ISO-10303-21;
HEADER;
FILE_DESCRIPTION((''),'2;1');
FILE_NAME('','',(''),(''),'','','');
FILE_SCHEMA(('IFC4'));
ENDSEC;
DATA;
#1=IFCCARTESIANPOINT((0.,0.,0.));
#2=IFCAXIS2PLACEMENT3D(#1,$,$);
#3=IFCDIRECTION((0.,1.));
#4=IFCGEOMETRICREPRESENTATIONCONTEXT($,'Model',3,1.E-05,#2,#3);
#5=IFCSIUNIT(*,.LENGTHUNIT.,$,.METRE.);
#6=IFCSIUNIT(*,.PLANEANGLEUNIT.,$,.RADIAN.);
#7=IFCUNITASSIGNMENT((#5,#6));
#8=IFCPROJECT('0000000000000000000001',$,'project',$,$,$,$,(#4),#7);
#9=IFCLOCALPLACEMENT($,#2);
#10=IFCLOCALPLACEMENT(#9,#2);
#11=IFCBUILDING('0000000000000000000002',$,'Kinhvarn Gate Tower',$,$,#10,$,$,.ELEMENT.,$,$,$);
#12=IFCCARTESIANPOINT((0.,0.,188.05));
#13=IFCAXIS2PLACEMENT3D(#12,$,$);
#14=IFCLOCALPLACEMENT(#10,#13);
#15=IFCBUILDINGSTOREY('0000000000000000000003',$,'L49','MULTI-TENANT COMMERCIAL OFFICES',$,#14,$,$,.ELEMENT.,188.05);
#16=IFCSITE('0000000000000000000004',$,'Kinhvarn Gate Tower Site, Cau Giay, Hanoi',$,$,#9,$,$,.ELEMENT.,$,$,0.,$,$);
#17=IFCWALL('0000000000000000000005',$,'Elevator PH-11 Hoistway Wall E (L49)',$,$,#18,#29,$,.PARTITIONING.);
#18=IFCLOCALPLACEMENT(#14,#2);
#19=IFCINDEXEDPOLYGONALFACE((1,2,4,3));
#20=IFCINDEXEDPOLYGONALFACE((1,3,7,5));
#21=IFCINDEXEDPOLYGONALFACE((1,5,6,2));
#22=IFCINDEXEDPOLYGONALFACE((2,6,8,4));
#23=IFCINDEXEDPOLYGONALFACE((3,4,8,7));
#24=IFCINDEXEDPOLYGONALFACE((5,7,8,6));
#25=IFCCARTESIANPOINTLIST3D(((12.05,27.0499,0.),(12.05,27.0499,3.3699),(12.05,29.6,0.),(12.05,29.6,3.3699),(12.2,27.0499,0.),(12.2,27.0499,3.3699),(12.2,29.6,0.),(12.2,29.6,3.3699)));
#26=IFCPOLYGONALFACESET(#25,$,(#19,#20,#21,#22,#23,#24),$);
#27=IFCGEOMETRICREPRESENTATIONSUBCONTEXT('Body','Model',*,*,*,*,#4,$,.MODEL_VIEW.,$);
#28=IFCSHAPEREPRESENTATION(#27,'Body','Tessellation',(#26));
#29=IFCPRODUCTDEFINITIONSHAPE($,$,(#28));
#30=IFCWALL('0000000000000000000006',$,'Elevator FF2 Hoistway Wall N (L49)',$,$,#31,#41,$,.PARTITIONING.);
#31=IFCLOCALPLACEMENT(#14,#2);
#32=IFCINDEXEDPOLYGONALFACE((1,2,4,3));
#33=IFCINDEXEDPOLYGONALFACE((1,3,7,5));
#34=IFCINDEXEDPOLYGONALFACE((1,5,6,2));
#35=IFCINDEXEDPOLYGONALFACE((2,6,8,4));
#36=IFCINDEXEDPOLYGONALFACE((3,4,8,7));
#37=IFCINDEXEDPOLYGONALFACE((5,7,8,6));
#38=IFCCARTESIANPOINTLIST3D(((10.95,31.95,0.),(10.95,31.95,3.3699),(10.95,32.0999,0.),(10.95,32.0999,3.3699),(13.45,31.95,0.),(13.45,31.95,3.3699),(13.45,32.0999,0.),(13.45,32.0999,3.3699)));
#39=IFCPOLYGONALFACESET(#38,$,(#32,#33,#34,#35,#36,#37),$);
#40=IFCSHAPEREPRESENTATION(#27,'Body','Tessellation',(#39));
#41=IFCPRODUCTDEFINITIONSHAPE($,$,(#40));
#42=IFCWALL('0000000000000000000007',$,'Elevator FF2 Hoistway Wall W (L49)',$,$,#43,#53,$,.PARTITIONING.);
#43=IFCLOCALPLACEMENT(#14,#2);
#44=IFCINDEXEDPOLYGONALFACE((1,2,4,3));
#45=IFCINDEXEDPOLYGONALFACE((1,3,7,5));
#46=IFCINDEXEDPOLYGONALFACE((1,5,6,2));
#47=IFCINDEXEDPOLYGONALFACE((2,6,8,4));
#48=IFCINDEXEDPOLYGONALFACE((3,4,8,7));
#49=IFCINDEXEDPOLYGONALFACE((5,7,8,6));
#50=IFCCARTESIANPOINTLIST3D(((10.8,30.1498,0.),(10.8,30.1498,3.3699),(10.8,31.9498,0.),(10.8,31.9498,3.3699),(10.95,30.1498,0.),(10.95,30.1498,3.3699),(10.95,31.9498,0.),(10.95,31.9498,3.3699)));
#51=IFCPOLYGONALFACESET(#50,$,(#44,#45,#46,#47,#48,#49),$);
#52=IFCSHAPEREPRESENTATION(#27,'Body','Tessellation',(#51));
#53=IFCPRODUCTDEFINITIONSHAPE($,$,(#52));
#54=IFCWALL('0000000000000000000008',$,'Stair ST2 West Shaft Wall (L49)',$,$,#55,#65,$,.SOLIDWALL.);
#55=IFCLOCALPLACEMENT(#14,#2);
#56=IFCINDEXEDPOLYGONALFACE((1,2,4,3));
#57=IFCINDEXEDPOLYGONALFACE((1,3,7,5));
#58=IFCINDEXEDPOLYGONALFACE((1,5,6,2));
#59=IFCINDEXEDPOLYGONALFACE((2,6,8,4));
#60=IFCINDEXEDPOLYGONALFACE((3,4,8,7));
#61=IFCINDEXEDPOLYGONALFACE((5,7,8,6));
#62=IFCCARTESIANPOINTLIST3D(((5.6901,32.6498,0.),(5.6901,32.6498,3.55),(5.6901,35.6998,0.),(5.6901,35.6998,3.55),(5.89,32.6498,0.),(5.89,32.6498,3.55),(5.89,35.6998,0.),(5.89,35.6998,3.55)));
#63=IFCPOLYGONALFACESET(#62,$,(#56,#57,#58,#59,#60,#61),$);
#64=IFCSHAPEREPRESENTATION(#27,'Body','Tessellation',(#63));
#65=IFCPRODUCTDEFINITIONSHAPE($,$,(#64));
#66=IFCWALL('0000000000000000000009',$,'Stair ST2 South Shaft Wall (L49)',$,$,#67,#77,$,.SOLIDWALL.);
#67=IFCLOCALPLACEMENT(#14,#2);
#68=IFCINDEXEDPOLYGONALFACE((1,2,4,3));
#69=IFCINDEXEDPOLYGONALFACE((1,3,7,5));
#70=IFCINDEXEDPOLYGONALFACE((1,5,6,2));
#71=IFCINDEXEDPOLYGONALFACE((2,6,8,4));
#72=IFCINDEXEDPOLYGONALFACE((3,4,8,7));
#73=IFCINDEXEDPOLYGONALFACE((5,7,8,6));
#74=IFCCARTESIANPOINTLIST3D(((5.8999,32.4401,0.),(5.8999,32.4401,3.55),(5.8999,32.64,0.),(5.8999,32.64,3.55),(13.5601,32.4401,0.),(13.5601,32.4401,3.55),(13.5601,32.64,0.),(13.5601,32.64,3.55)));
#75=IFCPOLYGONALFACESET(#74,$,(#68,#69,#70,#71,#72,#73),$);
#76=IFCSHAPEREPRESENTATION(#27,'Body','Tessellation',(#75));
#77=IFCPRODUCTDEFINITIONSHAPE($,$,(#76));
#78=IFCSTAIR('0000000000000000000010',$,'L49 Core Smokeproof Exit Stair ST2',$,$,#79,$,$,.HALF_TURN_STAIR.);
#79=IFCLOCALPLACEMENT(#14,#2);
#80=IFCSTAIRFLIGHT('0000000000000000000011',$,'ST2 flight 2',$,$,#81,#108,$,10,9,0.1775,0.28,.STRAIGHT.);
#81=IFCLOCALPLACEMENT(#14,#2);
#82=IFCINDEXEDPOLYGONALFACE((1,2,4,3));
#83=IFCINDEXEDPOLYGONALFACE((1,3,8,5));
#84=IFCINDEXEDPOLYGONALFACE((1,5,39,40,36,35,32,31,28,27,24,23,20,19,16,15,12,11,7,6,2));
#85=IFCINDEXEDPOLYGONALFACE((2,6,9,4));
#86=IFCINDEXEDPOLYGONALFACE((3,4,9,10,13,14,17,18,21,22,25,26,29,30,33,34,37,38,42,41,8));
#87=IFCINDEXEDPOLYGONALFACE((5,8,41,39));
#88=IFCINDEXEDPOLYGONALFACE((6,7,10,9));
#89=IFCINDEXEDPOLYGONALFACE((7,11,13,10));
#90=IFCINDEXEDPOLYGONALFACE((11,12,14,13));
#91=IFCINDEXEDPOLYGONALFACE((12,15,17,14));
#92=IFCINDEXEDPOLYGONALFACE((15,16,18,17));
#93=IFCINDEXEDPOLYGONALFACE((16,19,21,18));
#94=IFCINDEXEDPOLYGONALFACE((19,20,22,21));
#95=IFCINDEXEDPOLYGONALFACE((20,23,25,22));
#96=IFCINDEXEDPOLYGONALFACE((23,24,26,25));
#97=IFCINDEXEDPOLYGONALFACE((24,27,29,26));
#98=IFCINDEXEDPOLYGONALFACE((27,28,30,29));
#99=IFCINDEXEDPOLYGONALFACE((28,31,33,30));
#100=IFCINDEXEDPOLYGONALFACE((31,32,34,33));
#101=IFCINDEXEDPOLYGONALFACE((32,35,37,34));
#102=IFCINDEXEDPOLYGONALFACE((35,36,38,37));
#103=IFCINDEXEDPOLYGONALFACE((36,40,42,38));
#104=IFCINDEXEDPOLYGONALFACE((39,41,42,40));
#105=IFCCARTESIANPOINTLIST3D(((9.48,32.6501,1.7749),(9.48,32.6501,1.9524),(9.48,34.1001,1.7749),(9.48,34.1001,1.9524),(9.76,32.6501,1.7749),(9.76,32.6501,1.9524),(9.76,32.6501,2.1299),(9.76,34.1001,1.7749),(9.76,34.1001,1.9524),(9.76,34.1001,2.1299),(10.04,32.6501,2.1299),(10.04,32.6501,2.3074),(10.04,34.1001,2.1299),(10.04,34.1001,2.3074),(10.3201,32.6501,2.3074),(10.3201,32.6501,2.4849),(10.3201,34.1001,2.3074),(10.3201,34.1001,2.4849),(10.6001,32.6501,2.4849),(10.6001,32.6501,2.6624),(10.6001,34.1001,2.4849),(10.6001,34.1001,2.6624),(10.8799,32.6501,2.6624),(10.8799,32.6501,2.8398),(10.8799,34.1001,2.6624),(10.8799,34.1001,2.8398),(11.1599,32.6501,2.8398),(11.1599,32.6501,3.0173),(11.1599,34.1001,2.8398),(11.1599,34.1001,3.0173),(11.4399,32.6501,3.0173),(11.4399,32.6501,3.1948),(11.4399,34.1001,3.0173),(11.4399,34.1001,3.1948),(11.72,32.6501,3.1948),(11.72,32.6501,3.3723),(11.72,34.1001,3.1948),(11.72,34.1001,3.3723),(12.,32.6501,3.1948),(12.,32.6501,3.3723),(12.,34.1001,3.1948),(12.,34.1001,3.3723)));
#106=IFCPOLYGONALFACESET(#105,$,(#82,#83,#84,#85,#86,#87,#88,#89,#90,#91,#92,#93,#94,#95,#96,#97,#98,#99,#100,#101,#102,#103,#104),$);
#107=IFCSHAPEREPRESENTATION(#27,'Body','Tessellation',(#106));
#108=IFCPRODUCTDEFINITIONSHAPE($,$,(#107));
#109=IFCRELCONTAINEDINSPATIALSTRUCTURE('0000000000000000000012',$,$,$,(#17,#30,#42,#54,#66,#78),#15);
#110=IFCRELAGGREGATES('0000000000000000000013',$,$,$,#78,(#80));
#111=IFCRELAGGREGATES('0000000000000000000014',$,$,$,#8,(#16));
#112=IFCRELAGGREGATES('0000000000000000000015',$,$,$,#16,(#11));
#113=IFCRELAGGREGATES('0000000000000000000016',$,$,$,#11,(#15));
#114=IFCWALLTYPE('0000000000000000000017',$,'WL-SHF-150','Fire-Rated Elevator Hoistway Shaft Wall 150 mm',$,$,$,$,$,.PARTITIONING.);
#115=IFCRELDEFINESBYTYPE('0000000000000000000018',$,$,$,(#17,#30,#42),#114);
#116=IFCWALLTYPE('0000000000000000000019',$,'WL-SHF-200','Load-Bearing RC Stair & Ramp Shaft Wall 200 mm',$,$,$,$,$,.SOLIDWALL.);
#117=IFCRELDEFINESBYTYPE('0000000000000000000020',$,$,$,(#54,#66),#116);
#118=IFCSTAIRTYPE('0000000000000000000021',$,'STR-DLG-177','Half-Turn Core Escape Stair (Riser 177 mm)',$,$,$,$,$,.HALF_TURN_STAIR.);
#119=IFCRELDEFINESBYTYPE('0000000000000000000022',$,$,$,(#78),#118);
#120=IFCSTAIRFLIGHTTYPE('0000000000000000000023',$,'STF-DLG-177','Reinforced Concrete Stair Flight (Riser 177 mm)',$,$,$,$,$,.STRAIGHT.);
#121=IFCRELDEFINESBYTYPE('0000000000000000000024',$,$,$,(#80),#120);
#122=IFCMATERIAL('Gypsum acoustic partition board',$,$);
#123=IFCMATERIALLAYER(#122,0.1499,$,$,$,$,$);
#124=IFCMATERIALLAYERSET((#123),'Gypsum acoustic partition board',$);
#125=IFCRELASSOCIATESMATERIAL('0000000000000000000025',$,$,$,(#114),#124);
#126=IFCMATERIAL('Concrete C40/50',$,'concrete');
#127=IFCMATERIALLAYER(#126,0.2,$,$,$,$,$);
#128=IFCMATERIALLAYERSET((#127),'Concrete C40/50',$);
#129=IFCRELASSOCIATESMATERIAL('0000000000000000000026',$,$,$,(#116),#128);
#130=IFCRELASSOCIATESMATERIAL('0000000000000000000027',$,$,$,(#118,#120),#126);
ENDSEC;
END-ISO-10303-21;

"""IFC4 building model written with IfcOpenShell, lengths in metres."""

from ifc_helpers import new_model, si_unit, direction, frame, frame_2d, origin, place, context, subcontext, project, spatial, polyline, rectangle, outline, extrude, material, layer, layer_set, type_object, element, aggregate, save


model = new_model("IFC4")

# Units and contexts
model_context = context("Model", 3, precision=1e-05, world=origin(), true_north=direction((0.0, 1.0)))
body_context = subcontext(model_context, "Body", "Model", "MODEL_VIEW")
ifc_project = project(units=[si_unit("LENGTHUNIT", "METRE"), si_unit("PLANEANGLEUNIT", "RADIAN")], contexts=[model_context])

# Site, building, storey
site_placement = place(None, origin())
site = spatial("IfcSite", under=ifc_project, at=site_placement, Name="Kinhvarn Gate Tower Site, Cau Giay, Hanoi", CompositionType="ELEMENT", RefElevation=0.0)
building_placement = place(site_placement, origin())
building = spatial("IfcBuilding", under=site, at=building_placement, Name="Kinhvarn Gate Tower", CompositionType="ELEMENT")
storey_placement = place(building_placement, frame((0.0, 0.0, 188.05)))
storey = spatial("IfcBuildingStorey", under=building, at=storey_placement, Name="L49", Description="MULTI-TENANT COMMERCIAL OFFICES", CompositionType="ELEMENT", Elevation=188.05)

# Shared definitions
ifc_material_1 = material(Name="Gypsum acoustic partition board")
ifc_layer_1 = layer(ifc_material_1, 0.1499)
ifc_layer_set_1 = layer_set([ifc_layer_1], Name="Gypsum acoustic partition board")
wall_type_1 = type_object("IfcWallType", Name="WL-SHF-150", Description="Fire-Rated Elevator Hoistway Shaft Wall 150 mm", PredefinedType="PARTITIONING", material=ifc_layer_set_1)

# Walls
wall_1_placement = place(storey_placement, frame((12.125, 27.05, 0.0), z_axis=(0.0, 0.0, 1.0), x_axis=(0.0, 1.0, 0.0)))
element("IfcWall", 1, at=wall_1_placement, inside=storey, type_object=wall_type_1, Name="Elevator PH-11 Hoistway Wall E (L49)", PredefinedType="PARTITIONING", context=body_context, shape_type="SweptSolid", body=[
    extrude(rectangle(XDim=2.55, YDim=0.1499, at=frame_2d((1.2749, 0.0))), origin(), (0.0, 0.0, 1.0), 3.3699),
])
wall_2_placement = place(storey_placement, frame((10.95, 32.0249, 0.0), z_axis=(0.0, 0.0, 1.0), x_axis=(1.0, 0.0, 0.0)))
element("IfcWall", 2, at=wall_2_placement, inside=storey, type_object=wall_type_1, Name="Elevator FF2 Hoistway Wall N (L49)", PredefinedType="PARTITIONING", context=body_context, shape_type="SweptSolid", body=[
    extrude(rectangle(XDim=2.5, YDim=0.1499, at=frame_2d((1.25, 0.0))), origin(), (0.0, 0.0, 1.0), 3.3699),
])
wall_3_placement = place(storey_placement, frame((10.875, 30.1499, 0.0), z_axis=(0.0, 0.0, 1.0), x_axis=(0.0, 1.0, 0.0)))
element("IfcWall", 3, at=wall_3_placement, inside=storey, type_object=wall_type_1, Name="Elevator FF2 Hoistway Wall W (L49)", PredefinedType="PARTITIONING", context=body_context, shape_type="SweptSolid", body=[
    extrude(rectangle(XDim=1.8, YDim=0.1499, at=frame_2d((0.8999, 0.0))), origin(), (0.0, 0.0, 1.0), 3.3699),
])
ifc_material_2 = material(Name="Concrete C40/50", Category="concrete")
ifc_layer_2 = layer(ifc_material_2, 0.2)
ifc_layer_set_2 = layer_set([ifc_layer_2], Name="Concrete C40/50")
wall_type_2 = type_object("IfcWallType", Name="WL-SHF-200", Description="Load-Bearing RC Stair & Ramp Shaft Wall 200 mm", PredefinedType="SOLIDWALL", material=ifc_layer_set_2)
wall_4_placement = place(storey_placement, frame((5.79, 32.6499, 0.0), z_axis=(0.0, 0.0, 1.0), x_axis=(0.0, 1.0, 0.0)))
element("IfcWall", 4, at=wall_4_placement, inside=storey, type_object=wall_type_2, Name="Stair ST2 West Shaft Wall (L49)", PredefinedType="SOLIDWALL", context=body_context, shape_type="SweptSolid", body=[
    extrude(rectangle(XDim=3.05, YDim=0.2, at=frame_2d((1.5249, 0.0))), origin(), (0.0, 0.0, 1.0), 3.55),
])
wall_5_placement = place(storey_placement, frame((5.8999, 32.54, 0.0), z_axis=(0.0, 0.0, 1.0), x_axis=(1.0, 0.0, 0.0)))
element("IfcWall", 5, at=wall_5_placement, inside=storey, type_object=wall_type_2, Name="Stair ST2 South Shaft Wall (L49)", PredefinedType="SOLIDWALL", context=body_context, shape_type="SweptSolid", body=[
    extrude(rectangle(XDim=7.6602, YDim=0.2, at=frame_2d((3.8301, 0.0))), origin(), (0.0, 0.0, 1.0), 3.55),
])

# Stair, stair flight
stair_type = type_object("IfcStairType", Name="STR-DLG-177", Description="Half-Turn Core Escape Stair (Riser 177 mm)", PredefinedType="HALF_TURN_STAIR", material=ifc_material_2)
stair_placement = place(storey_placement, origin())
stair = element("IfcStair", 6, at=stair_placement, inside=storey, type_object=stair_type, Name="L49 Core Smokeproof Exit Stair ST2", PredefinedType="HALF_TURN_STAIR")
stair_flight_type = type_object("IfcStairFlightType", Name="STF-DLG-177", Description="Reinforced Concrete Stair Flight (Riser 177 mm)", PredefinedType="STRAIGHT", material=ifc_material_2)
stair_flight_placement = place(storey_placement, frame((9.48, 33.375, 1.7749), z_axis=(0.0, 0.0, 1.0), x_axis=(1.0, 0.0, 0.0)))
stair_flight = element("IfcStairFlight", 7, at=stair_flight_placement, type_object=stair_flight_type, Name="ST2 flight 2", NumberOfRisers=10, NumberOfTreads=9, PredefinedType="STRAIGHT", RiserHeight=0.1775, TreadLength=0.28, context=body_context, shape_type="SweptSolid", body=[
    extrude(outline(polyline([(0.0, 0.0), (0.0, 0.1775), (0.28, 0.1775), (0.28, 0.355), (0.5601, 0.355), (0.5601, 0.5325), (0.8401, 0.5325), (0.8401, 0.71), (1.1201, 0.71), (1.1201, 0.8875), (1.3999, 0.8875), (1.3999, 1.0649), (1.6799, 1.0649), (1.6799, 1.2424), (1.96, 1.2424), (1.96, 1.4199), (2.24, 1.4199), (2.24, 1.5974), (2.52, 1.5974), (2.52, 1.7749), (2.52, 1.4199), (0.28, 0.0), (0.0, 0.0)])), frame((0.0, 0.7251, 0.0), z_axis=(0.0, -1.0, 0.0), x_axis=(1.0, 0.0, 0.0)), (0.0, 0.0, 1.0), 1.45),
])
aggregate(stair, [stair_flight])

save(model, "model.ifc")
